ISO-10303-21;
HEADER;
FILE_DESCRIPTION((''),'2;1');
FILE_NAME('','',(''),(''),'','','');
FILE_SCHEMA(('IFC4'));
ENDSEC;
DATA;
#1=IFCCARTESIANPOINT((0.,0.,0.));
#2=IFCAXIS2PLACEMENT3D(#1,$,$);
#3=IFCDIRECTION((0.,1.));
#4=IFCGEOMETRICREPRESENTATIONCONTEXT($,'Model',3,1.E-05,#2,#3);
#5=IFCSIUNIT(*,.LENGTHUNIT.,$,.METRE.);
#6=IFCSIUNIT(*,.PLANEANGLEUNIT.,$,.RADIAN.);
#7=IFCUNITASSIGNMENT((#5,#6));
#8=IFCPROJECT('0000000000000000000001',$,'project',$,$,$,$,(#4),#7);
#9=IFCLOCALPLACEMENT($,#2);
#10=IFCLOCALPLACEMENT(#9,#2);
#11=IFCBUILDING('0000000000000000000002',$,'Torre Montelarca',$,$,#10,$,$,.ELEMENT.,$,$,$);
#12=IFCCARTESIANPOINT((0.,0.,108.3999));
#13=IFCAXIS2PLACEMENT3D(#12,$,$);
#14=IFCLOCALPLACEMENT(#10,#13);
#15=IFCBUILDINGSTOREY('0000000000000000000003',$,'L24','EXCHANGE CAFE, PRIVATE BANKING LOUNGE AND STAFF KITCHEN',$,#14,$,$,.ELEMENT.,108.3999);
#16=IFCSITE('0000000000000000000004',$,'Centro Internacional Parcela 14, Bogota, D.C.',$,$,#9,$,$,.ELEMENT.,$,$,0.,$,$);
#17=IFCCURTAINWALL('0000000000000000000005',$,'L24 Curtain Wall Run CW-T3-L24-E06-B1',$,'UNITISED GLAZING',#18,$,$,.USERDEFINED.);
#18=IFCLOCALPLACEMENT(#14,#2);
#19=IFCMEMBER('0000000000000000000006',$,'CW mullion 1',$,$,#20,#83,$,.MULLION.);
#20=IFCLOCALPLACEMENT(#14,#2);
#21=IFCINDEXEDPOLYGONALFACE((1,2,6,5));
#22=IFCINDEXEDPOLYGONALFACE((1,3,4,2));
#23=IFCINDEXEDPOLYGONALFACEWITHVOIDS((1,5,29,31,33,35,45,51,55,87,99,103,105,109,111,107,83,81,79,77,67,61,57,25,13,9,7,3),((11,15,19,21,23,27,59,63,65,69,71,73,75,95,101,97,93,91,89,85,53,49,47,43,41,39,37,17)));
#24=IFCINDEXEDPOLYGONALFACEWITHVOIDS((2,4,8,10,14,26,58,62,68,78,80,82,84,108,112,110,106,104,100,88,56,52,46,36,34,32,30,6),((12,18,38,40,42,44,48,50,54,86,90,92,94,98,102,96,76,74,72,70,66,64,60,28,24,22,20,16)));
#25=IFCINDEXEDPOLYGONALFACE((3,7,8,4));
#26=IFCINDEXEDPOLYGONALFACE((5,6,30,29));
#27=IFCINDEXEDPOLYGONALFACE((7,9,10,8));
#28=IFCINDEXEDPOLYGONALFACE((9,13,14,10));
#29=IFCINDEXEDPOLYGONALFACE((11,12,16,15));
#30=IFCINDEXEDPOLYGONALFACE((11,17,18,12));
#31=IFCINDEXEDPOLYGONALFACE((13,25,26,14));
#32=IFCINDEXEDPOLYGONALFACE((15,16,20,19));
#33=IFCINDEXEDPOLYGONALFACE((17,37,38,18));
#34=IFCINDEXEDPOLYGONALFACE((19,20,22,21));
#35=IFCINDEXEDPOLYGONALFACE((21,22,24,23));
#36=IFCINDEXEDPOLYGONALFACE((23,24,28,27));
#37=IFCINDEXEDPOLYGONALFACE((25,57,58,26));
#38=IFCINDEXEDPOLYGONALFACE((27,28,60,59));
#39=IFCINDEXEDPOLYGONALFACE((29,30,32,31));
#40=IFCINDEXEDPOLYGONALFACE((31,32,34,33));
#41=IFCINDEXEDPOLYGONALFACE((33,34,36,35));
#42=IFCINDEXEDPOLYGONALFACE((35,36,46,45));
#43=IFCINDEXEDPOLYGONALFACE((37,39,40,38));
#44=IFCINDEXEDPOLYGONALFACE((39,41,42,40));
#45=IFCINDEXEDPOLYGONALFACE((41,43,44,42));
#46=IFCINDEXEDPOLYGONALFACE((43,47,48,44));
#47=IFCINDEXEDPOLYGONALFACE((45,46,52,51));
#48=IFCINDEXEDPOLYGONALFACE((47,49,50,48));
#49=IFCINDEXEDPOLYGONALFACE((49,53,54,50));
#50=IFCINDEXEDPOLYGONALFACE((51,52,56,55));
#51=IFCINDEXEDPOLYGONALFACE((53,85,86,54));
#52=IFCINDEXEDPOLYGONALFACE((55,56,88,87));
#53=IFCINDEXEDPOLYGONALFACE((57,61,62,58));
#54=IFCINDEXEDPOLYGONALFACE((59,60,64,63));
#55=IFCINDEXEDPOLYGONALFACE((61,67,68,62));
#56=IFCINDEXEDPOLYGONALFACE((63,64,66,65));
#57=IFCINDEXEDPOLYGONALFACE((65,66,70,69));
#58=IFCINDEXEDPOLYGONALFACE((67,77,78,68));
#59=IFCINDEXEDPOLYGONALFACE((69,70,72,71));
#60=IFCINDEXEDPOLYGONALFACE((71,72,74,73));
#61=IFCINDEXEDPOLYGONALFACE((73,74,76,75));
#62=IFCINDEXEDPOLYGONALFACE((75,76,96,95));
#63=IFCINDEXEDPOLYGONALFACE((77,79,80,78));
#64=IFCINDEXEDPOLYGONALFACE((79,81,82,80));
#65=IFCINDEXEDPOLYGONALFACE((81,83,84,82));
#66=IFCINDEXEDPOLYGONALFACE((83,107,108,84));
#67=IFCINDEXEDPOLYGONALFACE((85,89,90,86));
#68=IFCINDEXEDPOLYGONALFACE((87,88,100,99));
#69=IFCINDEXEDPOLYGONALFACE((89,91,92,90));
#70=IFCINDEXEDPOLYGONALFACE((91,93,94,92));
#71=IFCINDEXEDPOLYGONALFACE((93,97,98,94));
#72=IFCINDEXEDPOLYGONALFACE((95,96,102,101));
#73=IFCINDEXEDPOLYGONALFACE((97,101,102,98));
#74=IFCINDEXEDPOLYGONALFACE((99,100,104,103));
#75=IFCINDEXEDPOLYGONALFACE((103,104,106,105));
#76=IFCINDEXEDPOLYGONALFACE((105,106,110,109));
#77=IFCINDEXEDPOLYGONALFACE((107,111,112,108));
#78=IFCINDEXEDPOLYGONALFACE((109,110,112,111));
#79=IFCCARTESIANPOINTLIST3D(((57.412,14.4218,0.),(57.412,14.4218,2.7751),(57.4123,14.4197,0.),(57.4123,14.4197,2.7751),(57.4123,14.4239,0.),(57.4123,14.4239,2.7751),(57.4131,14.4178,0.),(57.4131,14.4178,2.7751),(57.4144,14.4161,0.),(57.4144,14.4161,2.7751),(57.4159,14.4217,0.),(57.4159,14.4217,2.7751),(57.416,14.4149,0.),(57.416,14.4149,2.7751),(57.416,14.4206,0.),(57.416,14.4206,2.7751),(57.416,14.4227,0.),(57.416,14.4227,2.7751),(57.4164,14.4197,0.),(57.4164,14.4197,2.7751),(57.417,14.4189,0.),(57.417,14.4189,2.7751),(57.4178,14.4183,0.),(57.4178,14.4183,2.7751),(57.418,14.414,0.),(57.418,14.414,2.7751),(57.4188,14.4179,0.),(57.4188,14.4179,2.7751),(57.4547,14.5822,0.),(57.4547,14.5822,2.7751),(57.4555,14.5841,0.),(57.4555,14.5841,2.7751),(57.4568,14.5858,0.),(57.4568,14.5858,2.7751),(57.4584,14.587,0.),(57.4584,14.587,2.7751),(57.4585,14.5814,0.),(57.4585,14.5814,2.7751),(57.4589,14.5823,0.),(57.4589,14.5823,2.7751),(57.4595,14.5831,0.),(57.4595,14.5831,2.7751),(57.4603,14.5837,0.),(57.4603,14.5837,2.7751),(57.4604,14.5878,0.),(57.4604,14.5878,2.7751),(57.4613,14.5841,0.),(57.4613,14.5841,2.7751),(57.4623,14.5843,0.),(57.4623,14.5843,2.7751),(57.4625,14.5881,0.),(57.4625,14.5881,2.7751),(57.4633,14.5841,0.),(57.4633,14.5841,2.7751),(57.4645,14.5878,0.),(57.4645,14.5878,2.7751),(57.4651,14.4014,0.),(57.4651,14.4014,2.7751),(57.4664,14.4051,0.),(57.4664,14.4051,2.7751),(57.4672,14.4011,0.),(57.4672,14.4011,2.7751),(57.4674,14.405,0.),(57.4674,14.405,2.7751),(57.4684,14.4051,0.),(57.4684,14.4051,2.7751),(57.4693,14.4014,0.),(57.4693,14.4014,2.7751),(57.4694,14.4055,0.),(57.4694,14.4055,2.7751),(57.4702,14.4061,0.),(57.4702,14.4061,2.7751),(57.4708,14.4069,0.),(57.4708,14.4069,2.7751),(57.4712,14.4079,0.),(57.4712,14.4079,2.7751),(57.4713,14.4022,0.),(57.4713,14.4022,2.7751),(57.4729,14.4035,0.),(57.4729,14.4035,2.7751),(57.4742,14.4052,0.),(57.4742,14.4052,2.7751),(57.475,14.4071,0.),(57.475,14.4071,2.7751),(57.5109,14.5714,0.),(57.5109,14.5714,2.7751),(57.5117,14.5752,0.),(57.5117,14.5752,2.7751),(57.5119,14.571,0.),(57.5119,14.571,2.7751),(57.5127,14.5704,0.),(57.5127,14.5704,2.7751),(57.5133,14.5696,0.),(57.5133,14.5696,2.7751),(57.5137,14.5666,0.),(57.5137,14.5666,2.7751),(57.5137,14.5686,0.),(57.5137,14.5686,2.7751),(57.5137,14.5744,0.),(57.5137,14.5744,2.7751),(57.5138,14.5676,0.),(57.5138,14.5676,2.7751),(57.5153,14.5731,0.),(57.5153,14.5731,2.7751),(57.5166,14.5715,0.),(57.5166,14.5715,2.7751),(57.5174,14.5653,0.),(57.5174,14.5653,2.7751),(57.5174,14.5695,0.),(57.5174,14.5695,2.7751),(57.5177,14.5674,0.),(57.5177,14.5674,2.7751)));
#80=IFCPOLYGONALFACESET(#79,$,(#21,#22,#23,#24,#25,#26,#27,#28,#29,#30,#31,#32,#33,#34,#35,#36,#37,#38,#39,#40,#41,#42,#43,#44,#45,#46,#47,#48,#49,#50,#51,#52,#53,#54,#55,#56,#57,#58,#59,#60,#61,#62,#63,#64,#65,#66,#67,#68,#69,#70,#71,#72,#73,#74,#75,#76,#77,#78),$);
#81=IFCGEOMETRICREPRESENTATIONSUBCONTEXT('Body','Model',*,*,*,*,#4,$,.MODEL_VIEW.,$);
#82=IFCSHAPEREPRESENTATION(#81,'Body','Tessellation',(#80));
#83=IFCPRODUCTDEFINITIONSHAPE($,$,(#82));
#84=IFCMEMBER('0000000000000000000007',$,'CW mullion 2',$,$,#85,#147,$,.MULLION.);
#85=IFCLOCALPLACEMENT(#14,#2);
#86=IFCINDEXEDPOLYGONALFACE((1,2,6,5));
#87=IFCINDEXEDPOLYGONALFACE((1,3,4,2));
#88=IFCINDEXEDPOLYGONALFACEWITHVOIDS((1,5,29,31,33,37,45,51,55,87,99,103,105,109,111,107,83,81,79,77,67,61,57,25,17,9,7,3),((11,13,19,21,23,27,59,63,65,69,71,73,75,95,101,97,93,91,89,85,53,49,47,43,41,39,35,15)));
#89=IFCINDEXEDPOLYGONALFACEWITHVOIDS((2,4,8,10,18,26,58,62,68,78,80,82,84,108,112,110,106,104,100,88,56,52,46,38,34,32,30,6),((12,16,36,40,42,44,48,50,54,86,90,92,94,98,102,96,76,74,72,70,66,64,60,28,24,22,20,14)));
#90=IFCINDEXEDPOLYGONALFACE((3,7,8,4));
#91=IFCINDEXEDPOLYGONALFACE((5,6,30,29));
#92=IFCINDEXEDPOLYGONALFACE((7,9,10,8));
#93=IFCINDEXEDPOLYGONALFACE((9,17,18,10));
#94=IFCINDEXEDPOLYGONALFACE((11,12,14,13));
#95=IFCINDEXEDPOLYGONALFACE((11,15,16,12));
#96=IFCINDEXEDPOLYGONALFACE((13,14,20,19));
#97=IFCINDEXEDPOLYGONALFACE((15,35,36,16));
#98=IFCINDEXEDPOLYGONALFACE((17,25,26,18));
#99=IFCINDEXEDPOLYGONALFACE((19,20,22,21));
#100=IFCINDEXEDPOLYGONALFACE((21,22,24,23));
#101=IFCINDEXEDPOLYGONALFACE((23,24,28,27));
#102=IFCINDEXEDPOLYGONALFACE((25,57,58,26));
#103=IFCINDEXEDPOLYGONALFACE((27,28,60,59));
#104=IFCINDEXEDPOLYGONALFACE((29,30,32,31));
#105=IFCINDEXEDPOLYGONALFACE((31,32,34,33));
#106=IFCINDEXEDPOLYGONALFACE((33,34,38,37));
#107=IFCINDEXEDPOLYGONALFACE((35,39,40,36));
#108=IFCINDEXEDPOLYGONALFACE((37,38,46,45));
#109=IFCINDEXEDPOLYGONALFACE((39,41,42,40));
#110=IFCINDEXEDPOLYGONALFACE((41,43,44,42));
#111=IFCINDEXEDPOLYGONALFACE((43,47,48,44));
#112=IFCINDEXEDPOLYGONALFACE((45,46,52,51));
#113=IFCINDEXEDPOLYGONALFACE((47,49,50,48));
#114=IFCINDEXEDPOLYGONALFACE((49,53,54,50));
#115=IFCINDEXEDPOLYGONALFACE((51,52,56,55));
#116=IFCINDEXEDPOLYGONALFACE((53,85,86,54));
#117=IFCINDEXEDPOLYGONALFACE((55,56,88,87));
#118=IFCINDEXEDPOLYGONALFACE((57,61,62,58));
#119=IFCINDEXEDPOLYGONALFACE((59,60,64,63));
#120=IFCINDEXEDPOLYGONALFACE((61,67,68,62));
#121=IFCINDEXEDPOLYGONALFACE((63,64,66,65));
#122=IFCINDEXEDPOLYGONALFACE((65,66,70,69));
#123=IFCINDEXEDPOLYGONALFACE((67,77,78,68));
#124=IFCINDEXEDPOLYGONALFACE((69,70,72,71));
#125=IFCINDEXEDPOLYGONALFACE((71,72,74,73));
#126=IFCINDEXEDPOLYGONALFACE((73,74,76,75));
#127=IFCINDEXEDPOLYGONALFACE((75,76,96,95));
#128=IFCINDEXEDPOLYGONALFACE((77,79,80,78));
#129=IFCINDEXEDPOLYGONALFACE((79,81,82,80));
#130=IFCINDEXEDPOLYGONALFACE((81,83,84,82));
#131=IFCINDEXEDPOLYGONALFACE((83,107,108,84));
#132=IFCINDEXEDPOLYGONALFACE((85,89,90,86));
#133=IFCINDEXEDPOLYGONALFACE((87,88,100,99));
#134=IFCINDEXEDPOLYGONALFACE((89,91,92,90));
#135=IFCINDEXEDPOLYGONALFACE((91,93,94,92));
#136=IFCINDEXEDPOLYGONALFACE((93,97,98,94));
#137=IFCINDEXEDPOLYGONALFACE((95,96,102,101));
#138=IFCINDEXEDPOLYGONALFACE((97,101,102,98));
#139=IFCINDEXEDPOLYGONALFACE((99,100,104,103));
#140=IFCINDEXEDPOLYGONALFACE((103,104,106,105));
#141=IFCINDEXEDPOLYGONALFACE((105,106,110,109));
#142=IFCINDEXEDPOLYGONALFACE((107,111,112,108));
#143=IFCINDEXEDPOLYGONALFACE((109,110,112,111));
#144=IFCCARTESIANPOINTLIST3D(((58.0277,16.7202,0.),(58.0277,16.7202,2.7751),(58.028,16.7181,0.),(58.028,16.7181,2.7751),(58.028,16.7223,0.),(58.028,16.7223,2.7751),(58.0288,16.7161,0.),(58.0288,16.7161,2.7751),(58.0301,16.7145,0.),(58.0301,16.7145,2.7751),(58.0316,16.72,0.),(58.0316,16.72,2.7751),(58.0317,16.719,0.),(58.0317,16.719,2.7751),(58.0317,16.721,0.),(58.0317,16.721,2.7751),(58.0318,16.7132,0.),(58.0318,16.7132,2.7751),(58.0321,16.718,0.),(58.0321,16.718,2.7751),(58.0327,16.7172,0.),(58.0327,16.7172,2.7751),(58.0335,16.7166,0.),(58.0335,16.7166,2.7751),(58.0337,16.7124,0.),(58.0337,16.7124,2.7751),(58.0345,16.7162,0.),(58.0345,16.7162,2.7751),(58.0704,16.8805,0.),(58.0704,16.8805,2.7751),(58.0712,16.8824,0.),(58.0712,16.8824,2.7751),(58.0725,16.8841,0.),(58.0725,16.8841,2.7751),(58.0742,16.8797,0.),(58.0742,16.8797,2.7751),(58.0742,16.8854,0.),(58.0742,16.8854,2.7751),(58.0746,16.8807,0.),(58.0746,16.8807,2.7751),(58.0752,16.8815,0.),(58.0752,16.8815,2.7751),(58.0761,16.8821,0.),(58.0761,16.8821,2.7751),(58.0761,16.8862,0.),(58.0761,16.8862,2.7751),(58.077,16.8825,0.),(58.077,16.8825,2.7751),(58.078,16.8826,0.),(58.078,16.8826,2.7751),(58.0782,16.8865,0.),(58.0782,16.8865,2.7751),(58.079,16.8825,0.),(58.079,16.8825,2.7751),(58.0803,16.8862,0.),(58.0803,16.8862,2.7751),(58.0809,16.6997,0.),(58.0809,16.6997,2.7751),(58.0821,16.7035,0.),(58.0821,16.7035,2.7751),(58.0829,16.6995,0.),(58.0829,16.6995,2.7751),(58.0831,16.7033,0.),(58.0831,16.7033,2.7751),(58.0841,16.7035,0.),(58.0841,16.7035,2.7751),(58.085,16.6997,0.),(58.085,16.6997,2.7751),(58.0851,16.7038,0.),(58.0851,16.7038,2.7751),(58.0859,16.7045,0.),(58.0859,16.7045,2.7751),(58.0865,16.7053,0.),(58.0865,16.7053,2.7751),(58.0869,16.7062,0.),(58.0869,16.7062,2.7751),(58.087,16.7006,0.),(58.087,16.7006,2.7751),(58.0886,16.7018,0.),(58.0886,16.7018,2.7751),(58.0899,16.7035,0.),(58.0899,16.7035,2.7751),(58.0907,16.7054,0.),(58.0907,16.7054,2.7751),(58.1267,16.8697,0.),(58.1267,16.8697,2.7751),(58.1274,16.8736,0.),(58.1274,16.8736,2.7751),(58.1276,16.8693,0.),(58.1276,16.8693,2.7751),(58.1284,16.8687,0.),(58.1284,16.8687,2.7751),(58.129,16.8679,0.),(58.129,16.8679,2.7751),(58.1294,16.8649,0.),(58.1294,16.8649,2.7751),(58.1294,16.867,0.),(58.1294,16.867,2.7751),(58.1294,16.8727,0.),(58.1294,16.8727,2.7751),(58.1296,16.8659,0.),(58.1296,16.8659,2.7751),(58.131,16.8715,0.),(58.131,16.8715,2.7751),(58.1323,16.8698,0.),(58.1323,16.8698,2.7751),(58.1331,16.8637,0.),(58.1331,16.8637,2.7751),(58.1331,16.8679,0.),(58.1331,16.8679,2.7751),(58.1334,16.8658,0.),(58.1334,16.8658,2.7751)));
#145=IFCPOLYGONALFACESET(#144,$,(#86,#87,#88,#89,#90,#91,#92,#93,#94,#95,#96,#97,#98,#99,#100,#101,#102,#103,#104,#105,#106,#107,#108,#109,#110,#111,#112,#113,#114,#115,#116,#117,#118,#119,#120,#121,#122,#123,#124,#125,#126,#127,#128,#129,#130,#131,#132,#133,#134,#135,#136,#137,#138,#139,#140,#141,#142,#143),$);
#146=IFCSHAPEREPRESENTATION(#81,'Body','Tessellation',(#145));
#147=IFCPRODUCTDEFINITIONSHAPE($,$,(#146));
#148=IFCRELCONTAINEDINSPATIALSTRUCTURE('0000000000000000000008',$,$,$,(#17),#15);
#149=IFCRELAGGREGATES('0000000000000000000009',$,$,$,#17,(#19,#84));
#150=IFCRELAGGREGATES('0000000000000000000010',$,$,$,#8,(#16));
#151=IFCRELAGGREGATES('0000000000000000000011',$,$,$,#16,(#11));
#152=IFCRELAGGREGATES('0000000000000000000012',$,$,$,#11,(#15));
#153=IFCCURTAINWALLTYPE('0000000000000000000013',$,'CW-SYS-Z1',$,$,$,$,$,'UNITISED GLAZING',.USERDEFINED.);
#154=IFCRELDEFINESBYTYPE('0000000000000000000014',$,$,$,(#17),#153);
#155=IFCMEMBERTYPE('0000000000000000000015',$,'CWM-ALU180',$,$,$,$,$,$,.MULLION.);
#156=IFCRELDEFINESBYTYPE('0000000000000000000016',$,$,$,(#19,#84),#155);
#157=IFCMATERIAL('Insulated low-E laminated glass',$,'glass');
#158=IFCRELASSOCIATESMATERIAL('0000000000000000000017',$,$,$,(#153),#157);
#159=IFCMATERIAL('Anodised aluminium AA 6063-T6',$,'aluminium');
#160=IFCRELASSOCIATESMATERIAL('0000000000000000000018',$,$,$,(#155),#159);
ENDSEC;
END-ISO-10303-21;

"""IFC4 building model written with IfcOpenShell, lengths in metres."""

from ifc_helpers import new_model, si_unit, direction, frame, origin, origin_2d, place, context, subcontext, project, spatial, hollow_rectangle, extrude, source, transform, mapped, material, material_profile, profile_set, type_object, element, aggregate, save


model = new_model("IFC4")

# Units and contexts
model_context = context("Model", 3, precision=1e-05, world=origin(), true_north=direction((0.0, 1.0)))
body_context = subcontext(model_context, "Body", "Model", "MODEL_VIEW")
ifc_project = project(units=[si_unit("LENGTHUNIT", "METRE"), si_unit("PLANEANGLEUNIT", "RADIAN")], contexts=[model_context])

# Site, building, storey
site_placement = place(None, origin())
site = spatial("IfcSite", under=ifc_project, at=site_placement, Name="Centro Internacional Parcela 14, Bogota, D.C.", CompositionType="ELEMENT", RefElevation=0.0)
building_placement = place(site_placement, origin())
building = spatial("IfcBuilding", under=site, at=building_placement, Name="Torre Montelarca", CompositionType="ELEMENT")
storey_placement = place(building_placement, frame((0.0, 0.0, 108.3999)))
storey = spatial("IfcBuildingStorey", under=building, at=storey_placement, Name="L24", Description="EXCHANGE CAFE, PRIVATE BANKING LOUNGE AND STAFF KITCHEN", CompositionType="ELEMENT", Elevation=108.3999)

# Curtain wall
ifc_material_1 = material(Name="Insulated low-E laminated glass", Category="glass")
curtain_wall_type = type_object("IfcCurtainWallType", Name="CW-SYS-Z1", ElementType="UNITISED GLAZING", PredefinedType="USERDEFINED", material=ifc_material_1)
curtain_wall_1_placement = place(storey_placement, origin())
curtain_wall_1 = element("IfcCurtainWall", 1, at=curtain_wall_1_placement, inside=storey, type_object=curtain_wall_type, Name="L24 Curtain Wall Run CW-T3-L24-E06-B1", ObjectType="UNITISED GLAZING", PredefinedType="USERDEFINED")
ifc_material_2 = material(Name="Anodised aluminium AA 6063-T6", Category="aluminium")

# Shared definitions
ifc_material_profile_1 = material_profile(ifc_material_2, hollow_rectangle(XDim=0.0649, YDim=0.1799, WallThickness=0.0039, InnerFilletRadius=0.0039, OuterFilletRadius=0.0081, at=origin_2d()), Name="ALU65X180X4", Category="aluminium")
ifc_profile_set_1 = profile_set([ifc_material_profile_1], Name="Anodised aluminium AA 6063-T6")
member_type_1 = type_object("IfcMemberType", Name="CWM-ALU180", PredefinedType="MULLION", material=ifc_profile_set_1)

# Members
shared_shape_1 = source(origin(), body_context, "Body", "SweptSolid", [
    extrude(hollow_rectangle(XDim=0.0649, YDim=0.1799, WallThickness=0.0039, InnerFilletRadius=0.0039, OuterFilletRadius=0.0081, at=origin_2d()), origin(), (0.0, 0.0, 1.0), 2.7751),
])
member_1_placement = place(storey_placement, frame((57.4648, 14.4946, 0.0), z_axis=(0.0, 0.0, 1.0), x_axis=(-0.965927, 0.258813, 0.0)))
member_1 = element("IfcMember", 2, at=member_1_placement, type_object=member_type_1, Name="CW mullion 1", PredefinedType="MULLION", context=body_context, shape_type="MappedRepresentation", body=[
    mapped(shared_shape_1, transform((0.0, 0.0, 0.0), scale=1.0)),
])
member_2_placement = place(storey_placement, frame((58.0806, 16.793, 0.0), z_axis=(0.0, 0.0, 1.0), x_axis=(-0.965927, 0.258813, 0.0)))
member_2 = element("IfcMember", 3, at=member_2_placement, type_object=member_type_1, Name="CW mullion 2", PredefinedType="MULLION", context=body_context, shape_type="MappedRepresentation", body=[
    mapped(shared_shape_1, transform((0.0, 0.0, 0.0), scale=1.0)),
])

aggregate(curtain_wall_1, [member_1, member_2])

save(model, "model.ifc")
